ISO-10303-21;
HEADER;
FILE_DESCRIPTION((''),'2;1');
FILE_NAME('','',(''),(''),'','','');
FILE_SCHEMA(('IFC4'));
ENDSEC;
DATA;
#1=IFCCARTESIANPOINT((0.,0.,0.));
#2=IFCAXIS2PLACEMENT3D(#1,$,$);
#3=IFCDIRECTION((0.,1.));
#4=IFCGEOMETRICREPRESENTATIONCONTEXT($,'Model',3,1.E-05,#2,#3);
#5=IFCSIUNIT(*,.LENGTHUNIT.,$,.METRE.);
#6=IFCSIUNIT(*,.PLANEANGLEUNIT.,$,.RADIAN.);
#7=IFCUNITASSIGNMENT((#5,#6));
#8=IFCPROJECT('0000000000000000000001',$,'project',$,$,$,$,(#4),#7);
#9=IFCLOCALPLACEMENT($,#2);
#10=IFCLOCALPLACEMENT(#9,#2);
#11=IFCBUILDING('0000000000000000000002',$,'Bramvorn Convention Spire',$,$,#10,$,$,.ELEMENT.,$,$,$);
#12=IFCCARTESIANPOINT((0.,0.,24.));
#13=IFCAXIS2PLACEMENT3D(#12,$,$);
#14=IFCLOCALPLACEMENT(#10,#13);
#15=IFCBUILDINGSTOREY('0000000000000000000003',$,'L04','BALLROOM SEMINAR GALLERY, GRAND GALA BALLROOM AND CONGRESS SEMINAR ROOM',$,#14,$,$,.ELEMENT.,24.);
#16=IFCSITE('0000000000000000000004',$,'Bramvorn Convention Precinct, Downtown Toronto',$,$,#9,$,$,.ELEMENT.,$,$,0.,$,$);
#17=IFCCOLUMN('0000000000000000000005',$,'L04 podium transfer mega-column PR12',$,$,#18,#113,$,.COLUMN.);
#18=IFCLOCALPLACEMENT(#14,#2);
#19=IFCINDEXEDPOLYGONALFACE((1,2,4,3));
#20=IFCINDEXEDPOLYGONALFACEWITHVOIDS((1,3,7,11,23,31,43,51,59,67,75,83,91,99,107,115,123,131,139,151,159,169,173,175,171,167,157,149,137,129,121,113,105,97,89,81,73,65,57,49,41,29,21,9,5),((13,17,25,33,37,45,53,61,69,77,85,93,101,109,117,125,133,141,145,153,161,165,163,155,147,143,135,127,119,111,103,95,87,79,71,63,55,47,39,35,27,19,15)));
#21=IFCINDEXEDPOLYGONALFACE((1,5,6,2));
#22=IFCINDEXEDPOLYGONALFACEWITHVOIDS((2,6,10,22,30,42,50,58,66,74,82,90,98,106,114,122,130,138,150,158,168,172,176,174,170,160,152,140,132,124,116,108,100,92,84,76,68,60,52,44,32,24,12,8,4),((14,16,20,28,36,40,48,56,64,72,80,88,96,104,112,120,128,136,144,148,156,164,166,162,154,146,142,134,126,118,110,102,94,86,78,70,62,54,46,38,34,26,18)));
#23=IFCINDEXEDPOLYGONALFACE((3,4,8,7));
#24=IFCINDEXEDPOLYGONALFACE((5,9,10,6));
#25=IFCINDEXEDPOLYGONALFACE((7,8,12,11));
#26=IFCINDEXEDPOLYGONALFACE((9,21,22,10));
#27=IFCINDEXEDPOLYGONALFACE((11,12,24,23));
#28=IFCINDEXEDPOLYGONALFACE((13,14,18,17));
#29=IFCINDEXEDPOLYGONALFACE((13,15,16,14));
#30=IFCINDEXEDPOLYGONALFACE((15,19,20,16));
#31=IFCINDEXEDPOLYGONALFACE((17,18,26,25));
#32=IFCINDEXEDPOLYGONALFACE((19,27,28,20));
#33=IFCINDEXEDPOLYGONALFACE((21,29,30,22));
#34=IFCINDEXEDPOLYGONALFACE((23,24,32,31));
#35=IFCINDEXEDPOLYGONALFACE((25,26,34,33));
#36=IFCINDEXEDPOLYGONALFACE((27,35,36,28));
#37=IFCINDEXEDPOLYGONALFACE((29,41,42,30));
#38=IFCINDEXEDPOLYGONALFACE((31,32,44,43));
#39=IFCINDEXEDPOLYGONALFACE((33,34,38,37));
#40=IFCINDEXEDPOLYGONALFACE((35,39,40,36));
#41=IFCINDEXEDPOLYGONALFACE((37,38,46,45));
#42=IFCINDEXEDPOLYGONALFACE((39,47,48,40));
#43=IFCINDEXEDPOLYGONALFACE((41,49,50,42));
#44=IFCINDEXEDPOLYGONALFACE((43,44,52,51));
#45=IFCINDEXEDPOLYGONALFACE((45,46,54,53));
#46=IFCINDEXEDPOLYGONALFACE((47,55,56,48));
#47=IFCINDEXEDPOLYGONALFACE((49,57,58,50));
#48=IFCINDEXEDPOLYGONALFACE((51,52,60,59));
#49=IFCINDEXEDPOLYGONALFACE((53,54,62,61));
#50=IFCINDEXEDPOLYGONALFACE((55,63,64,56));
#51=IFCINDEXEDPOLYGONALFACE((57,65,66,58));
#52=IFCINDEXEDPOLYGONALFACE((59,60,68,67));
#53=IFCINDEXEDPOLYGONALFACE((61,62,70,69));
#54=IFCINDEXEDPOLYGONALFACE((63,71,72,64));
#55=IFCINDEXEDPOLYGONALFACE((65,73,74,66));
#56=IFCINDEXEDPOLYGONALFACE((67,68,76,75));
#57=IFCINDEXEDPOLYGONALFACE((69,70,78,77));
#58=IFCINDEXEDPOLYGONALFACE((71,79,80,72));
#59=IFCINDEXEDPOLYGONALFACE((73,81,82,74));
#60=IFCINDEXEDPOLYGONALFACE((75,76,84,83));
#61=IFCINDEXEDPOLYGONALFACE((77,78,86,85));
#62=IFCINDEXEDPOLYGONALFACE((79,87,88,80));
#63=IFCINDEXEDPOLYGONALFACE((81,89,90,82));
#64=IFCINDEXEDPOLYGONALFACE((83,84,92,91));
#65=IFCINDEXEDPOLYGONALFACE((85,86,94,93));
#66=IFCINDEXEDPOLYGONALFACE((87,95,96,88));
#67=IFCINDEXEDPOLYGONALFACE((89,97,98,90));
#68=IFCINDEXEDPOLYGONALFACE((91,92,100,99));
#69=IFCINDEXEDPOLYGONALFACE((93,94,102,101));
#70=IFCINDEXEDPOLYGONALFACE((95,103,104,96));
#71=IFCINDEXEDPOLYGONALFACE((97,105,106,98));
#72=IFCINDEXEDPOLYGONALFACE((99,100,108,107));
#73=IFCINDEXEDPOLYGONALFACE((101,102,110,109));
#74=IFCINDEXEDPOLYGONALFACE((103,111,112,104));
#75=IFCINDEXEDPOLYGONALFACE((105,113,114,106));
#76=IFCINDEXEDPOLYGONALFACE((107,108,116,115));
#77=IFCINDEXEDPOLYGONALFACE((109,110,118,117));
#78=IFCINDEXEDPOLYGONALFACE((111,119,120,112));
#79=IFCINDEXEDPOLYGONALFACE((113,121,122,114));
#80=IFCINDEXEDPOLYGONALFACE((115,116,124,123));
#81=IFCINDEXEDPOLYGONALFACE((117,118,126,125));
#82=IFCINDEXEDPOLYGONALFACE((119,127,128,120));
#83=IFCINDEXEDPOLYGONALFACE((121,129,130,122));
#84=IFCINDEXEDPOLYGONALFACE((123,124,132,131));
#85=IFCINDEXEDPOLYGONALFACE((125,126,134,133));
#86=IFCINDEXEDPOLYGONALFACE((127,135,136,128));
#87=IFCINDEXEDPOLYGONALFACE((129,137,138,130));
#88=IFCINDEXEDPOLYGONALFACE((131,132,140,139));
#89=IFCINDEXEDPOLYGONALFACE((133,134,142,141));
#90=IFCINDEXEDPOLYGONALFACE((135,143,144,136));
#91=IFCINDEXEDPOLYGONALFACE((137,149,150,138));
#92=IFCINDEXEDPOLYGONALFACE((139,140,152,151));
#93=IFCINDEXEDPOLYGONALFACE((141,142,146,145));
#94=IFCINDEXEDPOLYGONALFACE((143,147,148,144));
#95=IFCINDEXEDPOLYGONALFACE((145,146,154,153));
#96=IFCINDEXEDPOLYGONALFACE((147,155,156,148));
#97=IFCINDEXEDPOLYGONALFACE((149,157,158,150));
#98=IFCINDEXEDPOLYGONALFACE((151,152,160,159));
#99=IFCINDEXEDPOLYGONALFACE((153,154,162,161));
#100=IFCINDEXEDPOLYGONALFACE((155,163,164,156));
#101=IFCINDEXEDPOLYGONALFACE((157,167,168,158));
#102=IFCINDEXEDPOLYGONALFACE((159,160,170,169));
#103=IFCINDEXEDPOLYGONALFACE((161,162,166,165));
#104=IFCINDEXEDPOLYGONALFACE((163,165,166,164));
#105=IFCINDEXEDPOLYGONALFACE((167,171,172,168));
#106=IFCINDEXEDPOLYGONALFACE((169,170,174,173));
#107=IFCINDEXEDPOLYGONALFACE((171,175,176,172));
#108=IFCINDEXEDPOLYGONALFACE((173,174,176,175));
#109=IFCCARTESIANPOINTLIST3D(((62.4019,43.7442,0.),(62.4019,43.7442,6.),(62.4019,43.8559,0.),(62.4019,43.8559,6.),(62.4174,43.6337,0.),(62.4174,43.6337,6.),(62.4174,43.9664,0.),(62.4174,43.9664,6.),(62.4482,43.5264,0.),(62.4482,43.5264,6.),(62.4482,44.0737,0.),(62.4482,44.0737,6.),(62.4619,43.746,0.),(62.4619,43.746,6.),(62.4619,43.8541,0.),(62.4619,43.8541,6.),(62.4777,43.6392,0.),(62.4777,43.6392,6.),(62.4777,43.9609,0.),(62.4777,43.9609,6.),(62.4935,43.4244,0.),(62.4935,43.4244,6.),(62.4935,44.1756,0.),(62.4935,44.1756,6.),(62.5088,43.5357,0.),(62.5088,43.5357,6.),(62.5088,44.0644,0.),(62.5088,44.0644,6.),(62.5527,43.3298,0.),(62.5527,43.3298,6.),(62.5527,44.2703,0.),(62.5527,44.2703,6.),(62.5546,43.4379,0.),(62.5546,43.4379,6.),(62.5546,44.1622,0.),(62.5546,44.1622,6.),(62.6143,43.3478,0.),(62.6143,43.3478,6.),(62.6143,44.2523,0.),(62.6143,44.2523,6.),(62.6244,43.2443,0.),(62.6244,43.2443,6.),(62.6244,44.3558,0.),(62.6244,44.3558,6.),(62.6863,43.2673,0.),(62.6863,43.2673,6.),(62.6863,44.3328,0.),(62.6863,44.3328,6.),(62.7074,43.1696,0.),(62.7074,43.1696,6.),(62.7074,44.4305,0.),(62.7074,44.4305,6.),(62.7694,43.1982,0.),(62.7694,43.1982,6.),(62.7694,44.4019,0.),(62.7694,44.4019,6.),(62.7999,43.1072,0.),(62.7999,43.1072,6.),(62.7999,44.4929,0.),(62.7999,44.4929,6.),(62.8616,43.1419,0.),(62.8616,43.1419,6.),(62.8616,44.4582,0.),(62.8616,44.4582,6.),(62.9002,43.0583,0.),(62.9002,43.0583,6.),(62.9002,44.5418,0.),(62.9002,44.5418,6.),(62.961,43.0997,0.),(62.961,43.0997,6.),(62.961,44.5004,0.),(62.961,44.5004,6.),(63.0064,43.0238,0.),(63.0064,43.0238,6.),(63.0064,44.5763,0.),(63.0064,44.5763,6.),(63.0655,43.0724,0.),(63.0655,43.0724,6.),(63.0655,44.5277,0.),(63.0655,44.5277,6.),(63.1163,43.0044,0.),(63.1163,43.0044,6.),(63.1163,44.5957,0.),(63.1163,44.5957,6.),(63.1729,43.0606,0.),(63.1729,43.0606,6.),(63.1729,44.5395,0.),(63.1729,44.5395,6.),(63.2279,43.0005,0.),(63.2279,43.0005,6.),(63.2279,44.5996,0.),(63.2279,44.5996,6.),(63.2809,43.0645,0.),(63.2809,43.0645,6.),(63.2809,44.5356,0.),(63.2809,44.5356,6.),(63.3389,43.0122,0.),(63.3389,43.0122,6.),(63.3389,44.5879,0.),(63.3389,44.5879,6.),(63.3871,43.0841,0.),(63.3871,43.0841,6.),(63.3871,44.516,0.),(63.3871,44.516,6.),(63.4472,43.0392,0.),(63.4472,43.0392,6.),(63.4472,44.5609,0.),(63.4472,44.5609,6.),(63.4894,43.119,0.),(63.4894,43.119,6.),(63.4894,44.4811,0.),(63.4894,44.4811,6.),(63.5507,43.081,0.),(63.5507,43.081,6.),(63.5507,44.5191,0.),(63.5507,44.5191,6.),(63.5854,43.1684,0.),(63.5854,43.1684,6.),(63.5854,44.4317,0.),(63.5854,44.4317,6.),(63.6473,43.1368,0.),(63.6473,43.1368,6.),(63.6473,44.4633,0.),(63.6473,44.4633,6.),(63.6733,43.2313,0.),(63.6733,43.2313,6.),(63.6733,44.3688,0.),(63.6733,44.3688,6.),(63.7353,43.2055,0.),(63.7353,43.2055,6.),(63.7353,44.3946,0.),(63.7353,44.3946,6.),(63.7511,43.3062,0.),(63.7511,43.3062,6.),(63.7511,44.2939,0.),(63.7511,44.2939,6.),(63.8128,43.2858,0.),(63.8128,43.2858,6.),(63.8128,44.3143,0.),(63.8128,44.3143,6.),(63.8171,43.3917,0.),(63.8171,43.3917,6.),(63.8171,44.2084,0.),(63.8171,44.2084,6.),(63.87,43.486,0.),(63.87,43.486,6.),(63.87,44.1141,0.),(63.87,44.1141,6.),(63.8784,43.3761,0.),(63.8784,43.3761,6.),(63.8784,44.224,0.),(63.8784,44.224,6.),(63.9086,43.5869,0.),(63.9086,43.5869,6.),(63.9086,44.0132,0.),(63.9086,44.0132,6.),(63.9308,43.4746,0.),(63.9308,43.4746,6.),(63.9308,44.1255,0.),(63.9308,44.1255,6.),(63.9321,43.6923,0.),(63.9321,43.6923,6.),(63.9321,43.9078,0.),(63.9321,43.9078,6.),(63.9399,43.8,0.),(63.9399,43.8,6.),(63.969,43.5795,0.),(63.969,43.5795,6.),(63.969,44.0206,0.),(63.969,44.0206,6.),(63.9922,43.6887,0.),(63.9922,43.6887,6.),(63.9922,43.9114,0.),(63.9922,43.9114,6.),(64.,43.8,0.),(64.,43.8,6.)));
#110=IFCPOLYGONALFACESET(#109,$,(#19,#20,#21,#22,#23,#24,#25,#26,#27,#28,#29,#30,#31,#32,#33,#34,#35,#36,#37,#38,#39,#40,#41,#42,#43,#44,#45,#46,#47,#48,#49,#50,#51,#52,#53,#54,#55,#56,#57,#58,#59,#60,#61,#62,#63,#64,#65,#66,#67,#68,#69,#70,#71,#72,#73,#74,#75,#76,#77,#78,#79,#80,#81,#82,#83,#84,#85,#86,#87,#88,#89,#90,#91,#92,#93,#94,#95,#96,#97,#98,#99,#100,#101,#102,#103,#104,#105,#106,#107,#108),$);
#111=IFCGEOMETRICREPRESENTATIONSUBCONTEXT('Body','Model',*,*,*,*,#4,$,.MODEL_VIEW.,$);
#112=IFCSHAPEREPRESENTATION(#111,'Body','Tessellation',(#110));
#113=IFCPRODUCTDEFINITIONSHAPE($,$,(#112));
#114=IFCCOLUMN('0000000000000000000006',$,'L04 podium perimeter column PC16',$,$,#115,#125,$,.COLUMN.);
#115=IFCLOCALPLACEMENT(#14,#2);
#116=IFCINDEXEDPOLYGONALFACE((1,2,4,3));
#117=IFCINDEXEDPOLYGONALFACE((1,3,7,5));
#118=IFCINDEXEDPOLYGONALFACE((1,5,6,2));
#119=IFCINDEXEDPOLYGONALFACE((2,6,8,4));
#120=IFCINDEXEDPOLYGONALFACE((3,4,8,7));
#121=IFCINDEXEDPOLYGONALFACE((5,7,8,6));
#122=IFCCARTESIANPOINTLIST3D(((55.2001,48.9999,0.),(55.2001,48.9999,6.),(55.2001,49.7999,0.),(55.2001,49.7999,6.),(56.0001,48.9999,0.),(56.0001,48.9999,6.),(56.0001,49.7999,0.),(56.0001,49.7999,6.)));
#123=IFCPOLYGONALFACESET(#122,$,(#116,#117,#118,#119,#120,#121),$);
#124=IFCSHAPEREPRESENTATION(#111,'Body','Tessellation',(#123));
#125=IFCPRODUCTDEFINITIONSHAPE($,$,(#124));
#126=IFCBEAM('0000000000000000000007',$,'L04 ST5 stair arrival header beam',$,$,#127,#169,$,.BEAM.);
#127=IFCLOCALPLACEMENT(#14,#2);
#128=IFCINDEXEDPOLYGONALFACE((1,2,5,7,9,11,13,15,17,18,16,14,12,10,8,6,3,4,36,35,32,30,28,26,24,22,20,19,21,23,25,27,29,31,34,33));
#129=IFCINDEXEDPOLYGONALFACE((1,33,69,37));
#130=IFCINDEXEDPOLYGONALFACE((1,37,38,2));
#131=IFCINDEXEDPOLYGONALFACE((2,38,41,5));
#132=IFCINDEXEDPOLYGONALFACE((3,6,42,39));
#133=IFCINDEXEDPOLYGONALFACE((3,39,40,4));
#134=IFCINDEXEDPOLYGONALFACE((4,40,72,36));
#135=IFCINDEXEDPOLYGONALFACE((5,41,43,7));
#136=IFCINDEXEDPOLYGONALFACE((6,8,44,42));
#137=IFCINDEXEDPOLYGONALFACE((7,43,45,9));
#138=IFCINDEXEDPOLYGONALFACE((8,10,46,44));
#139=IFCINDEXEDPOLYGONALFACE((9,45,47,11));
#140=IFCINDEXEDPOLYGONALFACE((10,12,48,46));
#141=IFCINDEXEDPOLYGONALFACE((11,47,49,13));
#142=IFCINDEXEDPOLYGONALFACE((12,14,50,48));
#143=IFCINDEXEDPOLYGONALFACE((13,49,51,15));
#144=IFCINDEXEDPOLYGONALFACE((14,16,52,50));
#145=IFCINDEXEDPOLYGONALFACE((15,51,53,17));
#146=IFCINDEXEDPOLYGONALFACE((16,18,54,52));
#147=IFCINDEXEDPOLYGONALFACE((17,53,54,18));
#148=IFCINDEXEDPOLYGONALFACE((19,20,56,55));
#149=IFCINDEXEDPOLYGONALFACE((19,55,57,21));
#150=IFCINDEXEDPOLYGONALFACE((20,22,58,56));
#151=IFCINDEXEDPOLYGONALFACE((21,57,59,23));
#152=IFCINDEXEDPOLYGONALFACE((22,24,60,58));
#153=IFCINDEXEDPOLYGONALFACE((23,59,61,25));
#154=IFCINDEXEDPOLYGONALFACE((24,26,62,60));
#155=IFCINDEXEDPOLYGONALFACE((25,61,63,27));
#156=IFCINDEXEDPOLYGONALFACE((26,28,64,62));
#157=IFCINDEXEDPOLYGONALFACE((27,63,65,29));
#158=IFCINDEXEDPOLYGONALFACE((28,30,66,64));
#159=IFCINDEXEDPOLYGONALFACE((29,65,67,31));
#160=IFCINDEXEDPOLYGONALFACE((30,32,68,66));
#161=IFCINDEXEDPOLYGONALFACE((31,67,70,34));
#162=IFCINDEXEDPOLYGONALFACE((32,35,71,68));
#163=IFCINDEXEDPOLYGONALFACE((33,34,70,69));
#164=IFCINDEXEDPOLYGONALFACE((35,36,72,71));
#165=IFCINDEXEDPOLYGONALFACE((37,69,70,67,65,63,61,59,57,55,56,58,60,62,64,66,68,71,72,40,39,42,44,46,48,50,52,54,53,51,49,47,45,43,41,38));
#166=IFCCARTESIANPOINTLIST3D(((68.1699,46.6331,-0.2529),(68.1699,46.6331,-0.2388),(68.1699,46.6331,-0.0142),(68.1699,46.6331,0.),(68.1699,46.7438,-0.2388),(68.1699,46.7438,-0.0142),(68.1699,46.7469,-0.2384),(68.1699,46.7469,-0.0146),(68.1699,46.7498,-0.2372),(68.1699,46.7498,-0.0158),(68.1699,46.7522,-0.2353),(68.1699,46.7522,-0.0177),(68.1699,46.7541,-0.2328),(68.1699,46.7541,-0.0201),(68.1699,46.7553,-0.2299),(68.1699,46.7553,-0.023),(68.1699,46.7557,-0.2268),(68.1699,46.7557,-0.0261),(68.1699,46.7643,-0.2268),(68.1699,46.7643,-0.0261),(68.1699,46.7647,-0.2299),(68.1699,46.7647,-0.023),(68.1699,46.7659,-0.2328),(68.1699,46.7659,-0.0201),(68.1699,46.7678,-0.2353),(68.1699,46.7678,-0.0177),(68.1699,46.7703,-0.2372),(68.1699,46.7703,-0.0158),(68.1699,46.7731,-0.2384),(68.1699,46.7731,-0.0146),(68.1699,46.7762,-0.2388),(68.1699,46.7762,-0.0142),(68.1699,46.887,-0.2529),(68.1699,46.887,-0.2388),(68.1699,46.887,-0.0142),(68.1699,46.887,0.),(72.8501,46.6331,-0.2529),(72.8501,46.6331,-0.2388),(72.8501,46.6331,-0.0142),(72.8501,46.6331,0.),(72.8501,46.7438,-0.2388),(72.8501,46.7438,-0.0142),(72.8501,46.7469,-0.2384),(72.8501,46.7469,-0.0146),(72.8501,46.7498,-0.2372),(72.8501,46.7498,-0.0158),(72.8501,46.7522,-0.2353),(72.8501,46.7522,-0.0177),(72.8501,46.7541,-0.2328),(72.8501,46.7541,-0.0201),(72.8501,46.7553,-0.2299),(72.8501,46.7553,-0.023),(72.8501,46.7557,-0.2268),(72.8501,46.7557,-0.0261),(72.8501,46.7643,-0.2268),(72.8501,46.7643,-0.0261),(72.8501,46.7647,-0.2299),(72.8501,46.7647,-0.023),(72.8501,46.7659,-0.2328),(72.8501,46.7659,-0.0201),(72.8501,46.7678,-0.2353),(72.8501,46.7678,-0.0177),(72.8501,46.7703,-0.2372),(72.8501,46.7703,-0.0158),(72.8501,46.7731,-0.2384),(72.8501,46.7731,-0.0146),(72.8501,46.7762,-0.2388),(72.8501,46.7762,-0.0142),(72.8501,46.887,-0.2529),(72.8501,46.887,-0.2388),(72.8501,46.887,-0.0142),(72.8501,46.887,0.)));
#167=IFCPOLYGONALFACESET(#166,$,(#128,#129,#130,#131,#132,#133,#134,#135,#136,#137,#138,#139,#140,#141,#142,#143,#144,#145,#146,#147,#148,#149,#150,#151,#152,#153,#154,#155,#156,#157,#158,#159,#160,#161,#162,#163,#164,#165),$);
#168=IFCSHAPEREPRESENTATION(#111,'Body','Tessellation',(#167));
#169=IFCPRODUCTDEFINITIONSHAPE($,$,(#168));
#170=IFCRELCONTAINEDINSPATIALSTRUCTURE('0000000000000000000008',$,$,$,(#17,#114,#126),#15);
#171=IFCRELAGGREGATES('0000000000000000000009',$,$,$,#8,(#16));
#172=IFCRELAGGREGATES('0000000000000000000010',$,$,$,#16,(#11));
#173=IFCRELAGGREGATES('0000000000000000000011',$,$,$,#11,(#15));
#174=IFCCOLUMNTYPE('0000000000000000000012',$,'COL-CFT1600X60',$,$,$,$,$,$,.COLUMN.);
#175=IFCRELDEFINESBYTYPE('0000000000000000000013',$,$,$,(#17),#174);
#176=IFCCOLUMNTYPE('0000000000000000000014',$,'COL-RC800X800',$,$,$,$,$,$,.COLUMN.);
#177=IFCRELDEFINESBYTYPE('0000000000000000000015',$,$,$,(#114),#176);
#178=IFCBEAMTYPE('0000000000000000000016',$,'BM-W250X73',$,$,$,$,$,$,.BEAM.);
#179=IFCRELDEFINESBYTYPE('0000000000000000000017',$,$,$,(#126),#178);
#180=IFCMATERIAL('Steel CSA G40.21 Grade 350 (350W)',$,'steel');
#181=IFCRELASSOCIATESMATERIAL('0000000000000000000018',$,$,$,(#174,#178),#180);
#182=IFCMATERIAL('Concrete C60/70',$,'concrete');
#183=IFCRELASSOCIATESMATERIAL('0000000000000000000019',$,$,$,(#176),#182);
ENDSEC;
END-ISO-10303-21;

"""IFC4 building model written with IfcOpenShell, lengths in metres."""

from ifc_helpers import new_model, si_unit, direction, frame, origin, origin_2d, place, context, subcontext, project, spatial, rectangle, hollow_circle, i_section, extrude, material, material_profile, profile_set, type_object, element, save


model = new_model("IFC4")

# Units and contexts
model_context = context("Model", 3, precision=1e-05, world=origin(), true_north=direction((0.0, 1.0)))
body_context = subcontext(model_context, "Body", "Model", "MODEL_VIEW")
ifc_project = project(units=[si_unit("LENGTHUNIT", "METRE"), si_unit("PLANEANGLEUNIT", "RADIAN")], contexts=[model_context])

# Site, building, storey
site_placement = place(None, origin())
site = spatial("IfcSite", under=ifc_project, at=site_placement, Name="Bramvorn Convention Precinct, Downtown Toronto", CompositionType="ELEMENT", RefElevation=0.0)
building_placement = place(site_placement, origin())
building = spatial("IfcBuilding", under=site, at=building_placement, Name="Bramvorn Convention Spire", CompositionType="ELEMENT")
storey_placement = place(building_placement, frame((0.0, 0.0, 24.0)))
storey = spatial("IfcBuildingStorey", under=building, at=storey_placement, Name="L04", Description="BALLROOM SEMINAR GALLERY, GRAND GALA BALLROOM AND CONGRESS SEMINAR ROOM", CompositionType="ELEMENT", Elevation=24.0)

# Columns
ifc_material_1 = material(Name="Steel CSA G40.21 Grade 350 (350W)", Category="steel")
ifc_material_profile_1 = material_profile(ifc_material_1, hollow_circle(Radius=0.8, WallThickness=0.0601, at=origin_2d()))
ifc_profile_set_1 = profile_set([ifc_material_profile_1], Name="Steel CSA G40.21 Grade 350 (350W) - CFT1600X60")
column_type_1 = type_object("IfcColumnType", Name="COL-CFT1600X60", PredefinedType="COLUMN", material=ifc_profile_set_1)
for number, where, z_axis, x_axis, name in (
    (1, (63.2, 43.8, 0.0), (0.0, 0.0, 1.0), (1.0, 0.0, 0.0), "L04 podium transfer mega-column PR12"),
):
    element("IfcColumn", number, at=place(storey_placement, frame(where, z_axis=z_axis, x_axis=x_axis)), inside=storey, type_object=column_type_1, Name=name, PredefinedType="COLUMN", context=body_context, shape_type="SweptSolid", body=[
        extrude(hollow_circle(Radius=0.8, WallThickness=0.0601, at=origin_2d()), origin(), (0.0, 0.0, 1.0), 6.0),
    ])
ifc_material_2 = material(Name="Concrete C60/70", Category="concrete")
ifc_material_profile_2 = material_profile(ifc_material_2, rectangle(XDim=0.8, YDim=0.8, at=origin_2d()))
ifc_profile_set_2 = profile_set([ifc_material_profile_2], Name="Concrete C60/70 - RC800X800")
column_type_2 = type_object("IfcColumnType", Name="COL-RC800X800", PredefinedType="COLUMN", material=ifc_profile_set_2)
column_placement = place(storey_placement, frame((55.6001, 49.3999, 0.0), z_axis=(0.0, 0.0, 1.0), x_axis=(1.0, 0.0, 0.0)))
element("IfcColumn", 2, at=column_placement, inside=storey, type_object=column_type_2, Name="L04 podium perimeter column PC16", PredefinedType="COLUMN", context=body_context, shape_type="SweptSolid", body=[
    extrude(rectangle(XDim=0.8, YDim=0.8, at=origin_2d()), origin(), (0.0, 0.0, 1.0), 6.0),
])

# Beam
ifc_material_profile_3 = material_profile(ifc_material_1, i_section(OverallWidth=0.2539, OverallDepth=0.2529, WebThickness=0.0085, FlangeThickness=0.0142, FilletRadius=0.012, at=origin_2d()))
ifc_profile_set_3 = profile_set([ifc_material_profile_3], Name="Steel CSA G40.21 Grade 350 (350W) - W250X73")
beam_type_1 = type_object("IfcBeamType", Name="BM-W250X73", PredefinedType="BEAM", material=ifc_profile_set_3)
beam_1_placement = place(storey_placement, frame((68.1699, 46.76, -0.1265), z_axis=(1.0, 0.0, 0.0), x_axis=(0.0, 1.0, 0.0)))
element("IfcBeam", 3, at=beam_1_placement, inside=storey, type_object=beam_type_1, Name="L04 ST5 stair arrival header beam", PredefinedType="BEAM", context=body_context, shape_type="SweptSolid", body=[
    extrude(i_section(OverallWidth=0.2539, OverallDepth=0.2529, WebThickness=0.0085, FlangeThickness=0.0142, FilletRadius=0.012, at=origin_2d()), origin(), (0.0, 0.0, 1.0), 4.6802),
])

save(model, "model.ifc")
